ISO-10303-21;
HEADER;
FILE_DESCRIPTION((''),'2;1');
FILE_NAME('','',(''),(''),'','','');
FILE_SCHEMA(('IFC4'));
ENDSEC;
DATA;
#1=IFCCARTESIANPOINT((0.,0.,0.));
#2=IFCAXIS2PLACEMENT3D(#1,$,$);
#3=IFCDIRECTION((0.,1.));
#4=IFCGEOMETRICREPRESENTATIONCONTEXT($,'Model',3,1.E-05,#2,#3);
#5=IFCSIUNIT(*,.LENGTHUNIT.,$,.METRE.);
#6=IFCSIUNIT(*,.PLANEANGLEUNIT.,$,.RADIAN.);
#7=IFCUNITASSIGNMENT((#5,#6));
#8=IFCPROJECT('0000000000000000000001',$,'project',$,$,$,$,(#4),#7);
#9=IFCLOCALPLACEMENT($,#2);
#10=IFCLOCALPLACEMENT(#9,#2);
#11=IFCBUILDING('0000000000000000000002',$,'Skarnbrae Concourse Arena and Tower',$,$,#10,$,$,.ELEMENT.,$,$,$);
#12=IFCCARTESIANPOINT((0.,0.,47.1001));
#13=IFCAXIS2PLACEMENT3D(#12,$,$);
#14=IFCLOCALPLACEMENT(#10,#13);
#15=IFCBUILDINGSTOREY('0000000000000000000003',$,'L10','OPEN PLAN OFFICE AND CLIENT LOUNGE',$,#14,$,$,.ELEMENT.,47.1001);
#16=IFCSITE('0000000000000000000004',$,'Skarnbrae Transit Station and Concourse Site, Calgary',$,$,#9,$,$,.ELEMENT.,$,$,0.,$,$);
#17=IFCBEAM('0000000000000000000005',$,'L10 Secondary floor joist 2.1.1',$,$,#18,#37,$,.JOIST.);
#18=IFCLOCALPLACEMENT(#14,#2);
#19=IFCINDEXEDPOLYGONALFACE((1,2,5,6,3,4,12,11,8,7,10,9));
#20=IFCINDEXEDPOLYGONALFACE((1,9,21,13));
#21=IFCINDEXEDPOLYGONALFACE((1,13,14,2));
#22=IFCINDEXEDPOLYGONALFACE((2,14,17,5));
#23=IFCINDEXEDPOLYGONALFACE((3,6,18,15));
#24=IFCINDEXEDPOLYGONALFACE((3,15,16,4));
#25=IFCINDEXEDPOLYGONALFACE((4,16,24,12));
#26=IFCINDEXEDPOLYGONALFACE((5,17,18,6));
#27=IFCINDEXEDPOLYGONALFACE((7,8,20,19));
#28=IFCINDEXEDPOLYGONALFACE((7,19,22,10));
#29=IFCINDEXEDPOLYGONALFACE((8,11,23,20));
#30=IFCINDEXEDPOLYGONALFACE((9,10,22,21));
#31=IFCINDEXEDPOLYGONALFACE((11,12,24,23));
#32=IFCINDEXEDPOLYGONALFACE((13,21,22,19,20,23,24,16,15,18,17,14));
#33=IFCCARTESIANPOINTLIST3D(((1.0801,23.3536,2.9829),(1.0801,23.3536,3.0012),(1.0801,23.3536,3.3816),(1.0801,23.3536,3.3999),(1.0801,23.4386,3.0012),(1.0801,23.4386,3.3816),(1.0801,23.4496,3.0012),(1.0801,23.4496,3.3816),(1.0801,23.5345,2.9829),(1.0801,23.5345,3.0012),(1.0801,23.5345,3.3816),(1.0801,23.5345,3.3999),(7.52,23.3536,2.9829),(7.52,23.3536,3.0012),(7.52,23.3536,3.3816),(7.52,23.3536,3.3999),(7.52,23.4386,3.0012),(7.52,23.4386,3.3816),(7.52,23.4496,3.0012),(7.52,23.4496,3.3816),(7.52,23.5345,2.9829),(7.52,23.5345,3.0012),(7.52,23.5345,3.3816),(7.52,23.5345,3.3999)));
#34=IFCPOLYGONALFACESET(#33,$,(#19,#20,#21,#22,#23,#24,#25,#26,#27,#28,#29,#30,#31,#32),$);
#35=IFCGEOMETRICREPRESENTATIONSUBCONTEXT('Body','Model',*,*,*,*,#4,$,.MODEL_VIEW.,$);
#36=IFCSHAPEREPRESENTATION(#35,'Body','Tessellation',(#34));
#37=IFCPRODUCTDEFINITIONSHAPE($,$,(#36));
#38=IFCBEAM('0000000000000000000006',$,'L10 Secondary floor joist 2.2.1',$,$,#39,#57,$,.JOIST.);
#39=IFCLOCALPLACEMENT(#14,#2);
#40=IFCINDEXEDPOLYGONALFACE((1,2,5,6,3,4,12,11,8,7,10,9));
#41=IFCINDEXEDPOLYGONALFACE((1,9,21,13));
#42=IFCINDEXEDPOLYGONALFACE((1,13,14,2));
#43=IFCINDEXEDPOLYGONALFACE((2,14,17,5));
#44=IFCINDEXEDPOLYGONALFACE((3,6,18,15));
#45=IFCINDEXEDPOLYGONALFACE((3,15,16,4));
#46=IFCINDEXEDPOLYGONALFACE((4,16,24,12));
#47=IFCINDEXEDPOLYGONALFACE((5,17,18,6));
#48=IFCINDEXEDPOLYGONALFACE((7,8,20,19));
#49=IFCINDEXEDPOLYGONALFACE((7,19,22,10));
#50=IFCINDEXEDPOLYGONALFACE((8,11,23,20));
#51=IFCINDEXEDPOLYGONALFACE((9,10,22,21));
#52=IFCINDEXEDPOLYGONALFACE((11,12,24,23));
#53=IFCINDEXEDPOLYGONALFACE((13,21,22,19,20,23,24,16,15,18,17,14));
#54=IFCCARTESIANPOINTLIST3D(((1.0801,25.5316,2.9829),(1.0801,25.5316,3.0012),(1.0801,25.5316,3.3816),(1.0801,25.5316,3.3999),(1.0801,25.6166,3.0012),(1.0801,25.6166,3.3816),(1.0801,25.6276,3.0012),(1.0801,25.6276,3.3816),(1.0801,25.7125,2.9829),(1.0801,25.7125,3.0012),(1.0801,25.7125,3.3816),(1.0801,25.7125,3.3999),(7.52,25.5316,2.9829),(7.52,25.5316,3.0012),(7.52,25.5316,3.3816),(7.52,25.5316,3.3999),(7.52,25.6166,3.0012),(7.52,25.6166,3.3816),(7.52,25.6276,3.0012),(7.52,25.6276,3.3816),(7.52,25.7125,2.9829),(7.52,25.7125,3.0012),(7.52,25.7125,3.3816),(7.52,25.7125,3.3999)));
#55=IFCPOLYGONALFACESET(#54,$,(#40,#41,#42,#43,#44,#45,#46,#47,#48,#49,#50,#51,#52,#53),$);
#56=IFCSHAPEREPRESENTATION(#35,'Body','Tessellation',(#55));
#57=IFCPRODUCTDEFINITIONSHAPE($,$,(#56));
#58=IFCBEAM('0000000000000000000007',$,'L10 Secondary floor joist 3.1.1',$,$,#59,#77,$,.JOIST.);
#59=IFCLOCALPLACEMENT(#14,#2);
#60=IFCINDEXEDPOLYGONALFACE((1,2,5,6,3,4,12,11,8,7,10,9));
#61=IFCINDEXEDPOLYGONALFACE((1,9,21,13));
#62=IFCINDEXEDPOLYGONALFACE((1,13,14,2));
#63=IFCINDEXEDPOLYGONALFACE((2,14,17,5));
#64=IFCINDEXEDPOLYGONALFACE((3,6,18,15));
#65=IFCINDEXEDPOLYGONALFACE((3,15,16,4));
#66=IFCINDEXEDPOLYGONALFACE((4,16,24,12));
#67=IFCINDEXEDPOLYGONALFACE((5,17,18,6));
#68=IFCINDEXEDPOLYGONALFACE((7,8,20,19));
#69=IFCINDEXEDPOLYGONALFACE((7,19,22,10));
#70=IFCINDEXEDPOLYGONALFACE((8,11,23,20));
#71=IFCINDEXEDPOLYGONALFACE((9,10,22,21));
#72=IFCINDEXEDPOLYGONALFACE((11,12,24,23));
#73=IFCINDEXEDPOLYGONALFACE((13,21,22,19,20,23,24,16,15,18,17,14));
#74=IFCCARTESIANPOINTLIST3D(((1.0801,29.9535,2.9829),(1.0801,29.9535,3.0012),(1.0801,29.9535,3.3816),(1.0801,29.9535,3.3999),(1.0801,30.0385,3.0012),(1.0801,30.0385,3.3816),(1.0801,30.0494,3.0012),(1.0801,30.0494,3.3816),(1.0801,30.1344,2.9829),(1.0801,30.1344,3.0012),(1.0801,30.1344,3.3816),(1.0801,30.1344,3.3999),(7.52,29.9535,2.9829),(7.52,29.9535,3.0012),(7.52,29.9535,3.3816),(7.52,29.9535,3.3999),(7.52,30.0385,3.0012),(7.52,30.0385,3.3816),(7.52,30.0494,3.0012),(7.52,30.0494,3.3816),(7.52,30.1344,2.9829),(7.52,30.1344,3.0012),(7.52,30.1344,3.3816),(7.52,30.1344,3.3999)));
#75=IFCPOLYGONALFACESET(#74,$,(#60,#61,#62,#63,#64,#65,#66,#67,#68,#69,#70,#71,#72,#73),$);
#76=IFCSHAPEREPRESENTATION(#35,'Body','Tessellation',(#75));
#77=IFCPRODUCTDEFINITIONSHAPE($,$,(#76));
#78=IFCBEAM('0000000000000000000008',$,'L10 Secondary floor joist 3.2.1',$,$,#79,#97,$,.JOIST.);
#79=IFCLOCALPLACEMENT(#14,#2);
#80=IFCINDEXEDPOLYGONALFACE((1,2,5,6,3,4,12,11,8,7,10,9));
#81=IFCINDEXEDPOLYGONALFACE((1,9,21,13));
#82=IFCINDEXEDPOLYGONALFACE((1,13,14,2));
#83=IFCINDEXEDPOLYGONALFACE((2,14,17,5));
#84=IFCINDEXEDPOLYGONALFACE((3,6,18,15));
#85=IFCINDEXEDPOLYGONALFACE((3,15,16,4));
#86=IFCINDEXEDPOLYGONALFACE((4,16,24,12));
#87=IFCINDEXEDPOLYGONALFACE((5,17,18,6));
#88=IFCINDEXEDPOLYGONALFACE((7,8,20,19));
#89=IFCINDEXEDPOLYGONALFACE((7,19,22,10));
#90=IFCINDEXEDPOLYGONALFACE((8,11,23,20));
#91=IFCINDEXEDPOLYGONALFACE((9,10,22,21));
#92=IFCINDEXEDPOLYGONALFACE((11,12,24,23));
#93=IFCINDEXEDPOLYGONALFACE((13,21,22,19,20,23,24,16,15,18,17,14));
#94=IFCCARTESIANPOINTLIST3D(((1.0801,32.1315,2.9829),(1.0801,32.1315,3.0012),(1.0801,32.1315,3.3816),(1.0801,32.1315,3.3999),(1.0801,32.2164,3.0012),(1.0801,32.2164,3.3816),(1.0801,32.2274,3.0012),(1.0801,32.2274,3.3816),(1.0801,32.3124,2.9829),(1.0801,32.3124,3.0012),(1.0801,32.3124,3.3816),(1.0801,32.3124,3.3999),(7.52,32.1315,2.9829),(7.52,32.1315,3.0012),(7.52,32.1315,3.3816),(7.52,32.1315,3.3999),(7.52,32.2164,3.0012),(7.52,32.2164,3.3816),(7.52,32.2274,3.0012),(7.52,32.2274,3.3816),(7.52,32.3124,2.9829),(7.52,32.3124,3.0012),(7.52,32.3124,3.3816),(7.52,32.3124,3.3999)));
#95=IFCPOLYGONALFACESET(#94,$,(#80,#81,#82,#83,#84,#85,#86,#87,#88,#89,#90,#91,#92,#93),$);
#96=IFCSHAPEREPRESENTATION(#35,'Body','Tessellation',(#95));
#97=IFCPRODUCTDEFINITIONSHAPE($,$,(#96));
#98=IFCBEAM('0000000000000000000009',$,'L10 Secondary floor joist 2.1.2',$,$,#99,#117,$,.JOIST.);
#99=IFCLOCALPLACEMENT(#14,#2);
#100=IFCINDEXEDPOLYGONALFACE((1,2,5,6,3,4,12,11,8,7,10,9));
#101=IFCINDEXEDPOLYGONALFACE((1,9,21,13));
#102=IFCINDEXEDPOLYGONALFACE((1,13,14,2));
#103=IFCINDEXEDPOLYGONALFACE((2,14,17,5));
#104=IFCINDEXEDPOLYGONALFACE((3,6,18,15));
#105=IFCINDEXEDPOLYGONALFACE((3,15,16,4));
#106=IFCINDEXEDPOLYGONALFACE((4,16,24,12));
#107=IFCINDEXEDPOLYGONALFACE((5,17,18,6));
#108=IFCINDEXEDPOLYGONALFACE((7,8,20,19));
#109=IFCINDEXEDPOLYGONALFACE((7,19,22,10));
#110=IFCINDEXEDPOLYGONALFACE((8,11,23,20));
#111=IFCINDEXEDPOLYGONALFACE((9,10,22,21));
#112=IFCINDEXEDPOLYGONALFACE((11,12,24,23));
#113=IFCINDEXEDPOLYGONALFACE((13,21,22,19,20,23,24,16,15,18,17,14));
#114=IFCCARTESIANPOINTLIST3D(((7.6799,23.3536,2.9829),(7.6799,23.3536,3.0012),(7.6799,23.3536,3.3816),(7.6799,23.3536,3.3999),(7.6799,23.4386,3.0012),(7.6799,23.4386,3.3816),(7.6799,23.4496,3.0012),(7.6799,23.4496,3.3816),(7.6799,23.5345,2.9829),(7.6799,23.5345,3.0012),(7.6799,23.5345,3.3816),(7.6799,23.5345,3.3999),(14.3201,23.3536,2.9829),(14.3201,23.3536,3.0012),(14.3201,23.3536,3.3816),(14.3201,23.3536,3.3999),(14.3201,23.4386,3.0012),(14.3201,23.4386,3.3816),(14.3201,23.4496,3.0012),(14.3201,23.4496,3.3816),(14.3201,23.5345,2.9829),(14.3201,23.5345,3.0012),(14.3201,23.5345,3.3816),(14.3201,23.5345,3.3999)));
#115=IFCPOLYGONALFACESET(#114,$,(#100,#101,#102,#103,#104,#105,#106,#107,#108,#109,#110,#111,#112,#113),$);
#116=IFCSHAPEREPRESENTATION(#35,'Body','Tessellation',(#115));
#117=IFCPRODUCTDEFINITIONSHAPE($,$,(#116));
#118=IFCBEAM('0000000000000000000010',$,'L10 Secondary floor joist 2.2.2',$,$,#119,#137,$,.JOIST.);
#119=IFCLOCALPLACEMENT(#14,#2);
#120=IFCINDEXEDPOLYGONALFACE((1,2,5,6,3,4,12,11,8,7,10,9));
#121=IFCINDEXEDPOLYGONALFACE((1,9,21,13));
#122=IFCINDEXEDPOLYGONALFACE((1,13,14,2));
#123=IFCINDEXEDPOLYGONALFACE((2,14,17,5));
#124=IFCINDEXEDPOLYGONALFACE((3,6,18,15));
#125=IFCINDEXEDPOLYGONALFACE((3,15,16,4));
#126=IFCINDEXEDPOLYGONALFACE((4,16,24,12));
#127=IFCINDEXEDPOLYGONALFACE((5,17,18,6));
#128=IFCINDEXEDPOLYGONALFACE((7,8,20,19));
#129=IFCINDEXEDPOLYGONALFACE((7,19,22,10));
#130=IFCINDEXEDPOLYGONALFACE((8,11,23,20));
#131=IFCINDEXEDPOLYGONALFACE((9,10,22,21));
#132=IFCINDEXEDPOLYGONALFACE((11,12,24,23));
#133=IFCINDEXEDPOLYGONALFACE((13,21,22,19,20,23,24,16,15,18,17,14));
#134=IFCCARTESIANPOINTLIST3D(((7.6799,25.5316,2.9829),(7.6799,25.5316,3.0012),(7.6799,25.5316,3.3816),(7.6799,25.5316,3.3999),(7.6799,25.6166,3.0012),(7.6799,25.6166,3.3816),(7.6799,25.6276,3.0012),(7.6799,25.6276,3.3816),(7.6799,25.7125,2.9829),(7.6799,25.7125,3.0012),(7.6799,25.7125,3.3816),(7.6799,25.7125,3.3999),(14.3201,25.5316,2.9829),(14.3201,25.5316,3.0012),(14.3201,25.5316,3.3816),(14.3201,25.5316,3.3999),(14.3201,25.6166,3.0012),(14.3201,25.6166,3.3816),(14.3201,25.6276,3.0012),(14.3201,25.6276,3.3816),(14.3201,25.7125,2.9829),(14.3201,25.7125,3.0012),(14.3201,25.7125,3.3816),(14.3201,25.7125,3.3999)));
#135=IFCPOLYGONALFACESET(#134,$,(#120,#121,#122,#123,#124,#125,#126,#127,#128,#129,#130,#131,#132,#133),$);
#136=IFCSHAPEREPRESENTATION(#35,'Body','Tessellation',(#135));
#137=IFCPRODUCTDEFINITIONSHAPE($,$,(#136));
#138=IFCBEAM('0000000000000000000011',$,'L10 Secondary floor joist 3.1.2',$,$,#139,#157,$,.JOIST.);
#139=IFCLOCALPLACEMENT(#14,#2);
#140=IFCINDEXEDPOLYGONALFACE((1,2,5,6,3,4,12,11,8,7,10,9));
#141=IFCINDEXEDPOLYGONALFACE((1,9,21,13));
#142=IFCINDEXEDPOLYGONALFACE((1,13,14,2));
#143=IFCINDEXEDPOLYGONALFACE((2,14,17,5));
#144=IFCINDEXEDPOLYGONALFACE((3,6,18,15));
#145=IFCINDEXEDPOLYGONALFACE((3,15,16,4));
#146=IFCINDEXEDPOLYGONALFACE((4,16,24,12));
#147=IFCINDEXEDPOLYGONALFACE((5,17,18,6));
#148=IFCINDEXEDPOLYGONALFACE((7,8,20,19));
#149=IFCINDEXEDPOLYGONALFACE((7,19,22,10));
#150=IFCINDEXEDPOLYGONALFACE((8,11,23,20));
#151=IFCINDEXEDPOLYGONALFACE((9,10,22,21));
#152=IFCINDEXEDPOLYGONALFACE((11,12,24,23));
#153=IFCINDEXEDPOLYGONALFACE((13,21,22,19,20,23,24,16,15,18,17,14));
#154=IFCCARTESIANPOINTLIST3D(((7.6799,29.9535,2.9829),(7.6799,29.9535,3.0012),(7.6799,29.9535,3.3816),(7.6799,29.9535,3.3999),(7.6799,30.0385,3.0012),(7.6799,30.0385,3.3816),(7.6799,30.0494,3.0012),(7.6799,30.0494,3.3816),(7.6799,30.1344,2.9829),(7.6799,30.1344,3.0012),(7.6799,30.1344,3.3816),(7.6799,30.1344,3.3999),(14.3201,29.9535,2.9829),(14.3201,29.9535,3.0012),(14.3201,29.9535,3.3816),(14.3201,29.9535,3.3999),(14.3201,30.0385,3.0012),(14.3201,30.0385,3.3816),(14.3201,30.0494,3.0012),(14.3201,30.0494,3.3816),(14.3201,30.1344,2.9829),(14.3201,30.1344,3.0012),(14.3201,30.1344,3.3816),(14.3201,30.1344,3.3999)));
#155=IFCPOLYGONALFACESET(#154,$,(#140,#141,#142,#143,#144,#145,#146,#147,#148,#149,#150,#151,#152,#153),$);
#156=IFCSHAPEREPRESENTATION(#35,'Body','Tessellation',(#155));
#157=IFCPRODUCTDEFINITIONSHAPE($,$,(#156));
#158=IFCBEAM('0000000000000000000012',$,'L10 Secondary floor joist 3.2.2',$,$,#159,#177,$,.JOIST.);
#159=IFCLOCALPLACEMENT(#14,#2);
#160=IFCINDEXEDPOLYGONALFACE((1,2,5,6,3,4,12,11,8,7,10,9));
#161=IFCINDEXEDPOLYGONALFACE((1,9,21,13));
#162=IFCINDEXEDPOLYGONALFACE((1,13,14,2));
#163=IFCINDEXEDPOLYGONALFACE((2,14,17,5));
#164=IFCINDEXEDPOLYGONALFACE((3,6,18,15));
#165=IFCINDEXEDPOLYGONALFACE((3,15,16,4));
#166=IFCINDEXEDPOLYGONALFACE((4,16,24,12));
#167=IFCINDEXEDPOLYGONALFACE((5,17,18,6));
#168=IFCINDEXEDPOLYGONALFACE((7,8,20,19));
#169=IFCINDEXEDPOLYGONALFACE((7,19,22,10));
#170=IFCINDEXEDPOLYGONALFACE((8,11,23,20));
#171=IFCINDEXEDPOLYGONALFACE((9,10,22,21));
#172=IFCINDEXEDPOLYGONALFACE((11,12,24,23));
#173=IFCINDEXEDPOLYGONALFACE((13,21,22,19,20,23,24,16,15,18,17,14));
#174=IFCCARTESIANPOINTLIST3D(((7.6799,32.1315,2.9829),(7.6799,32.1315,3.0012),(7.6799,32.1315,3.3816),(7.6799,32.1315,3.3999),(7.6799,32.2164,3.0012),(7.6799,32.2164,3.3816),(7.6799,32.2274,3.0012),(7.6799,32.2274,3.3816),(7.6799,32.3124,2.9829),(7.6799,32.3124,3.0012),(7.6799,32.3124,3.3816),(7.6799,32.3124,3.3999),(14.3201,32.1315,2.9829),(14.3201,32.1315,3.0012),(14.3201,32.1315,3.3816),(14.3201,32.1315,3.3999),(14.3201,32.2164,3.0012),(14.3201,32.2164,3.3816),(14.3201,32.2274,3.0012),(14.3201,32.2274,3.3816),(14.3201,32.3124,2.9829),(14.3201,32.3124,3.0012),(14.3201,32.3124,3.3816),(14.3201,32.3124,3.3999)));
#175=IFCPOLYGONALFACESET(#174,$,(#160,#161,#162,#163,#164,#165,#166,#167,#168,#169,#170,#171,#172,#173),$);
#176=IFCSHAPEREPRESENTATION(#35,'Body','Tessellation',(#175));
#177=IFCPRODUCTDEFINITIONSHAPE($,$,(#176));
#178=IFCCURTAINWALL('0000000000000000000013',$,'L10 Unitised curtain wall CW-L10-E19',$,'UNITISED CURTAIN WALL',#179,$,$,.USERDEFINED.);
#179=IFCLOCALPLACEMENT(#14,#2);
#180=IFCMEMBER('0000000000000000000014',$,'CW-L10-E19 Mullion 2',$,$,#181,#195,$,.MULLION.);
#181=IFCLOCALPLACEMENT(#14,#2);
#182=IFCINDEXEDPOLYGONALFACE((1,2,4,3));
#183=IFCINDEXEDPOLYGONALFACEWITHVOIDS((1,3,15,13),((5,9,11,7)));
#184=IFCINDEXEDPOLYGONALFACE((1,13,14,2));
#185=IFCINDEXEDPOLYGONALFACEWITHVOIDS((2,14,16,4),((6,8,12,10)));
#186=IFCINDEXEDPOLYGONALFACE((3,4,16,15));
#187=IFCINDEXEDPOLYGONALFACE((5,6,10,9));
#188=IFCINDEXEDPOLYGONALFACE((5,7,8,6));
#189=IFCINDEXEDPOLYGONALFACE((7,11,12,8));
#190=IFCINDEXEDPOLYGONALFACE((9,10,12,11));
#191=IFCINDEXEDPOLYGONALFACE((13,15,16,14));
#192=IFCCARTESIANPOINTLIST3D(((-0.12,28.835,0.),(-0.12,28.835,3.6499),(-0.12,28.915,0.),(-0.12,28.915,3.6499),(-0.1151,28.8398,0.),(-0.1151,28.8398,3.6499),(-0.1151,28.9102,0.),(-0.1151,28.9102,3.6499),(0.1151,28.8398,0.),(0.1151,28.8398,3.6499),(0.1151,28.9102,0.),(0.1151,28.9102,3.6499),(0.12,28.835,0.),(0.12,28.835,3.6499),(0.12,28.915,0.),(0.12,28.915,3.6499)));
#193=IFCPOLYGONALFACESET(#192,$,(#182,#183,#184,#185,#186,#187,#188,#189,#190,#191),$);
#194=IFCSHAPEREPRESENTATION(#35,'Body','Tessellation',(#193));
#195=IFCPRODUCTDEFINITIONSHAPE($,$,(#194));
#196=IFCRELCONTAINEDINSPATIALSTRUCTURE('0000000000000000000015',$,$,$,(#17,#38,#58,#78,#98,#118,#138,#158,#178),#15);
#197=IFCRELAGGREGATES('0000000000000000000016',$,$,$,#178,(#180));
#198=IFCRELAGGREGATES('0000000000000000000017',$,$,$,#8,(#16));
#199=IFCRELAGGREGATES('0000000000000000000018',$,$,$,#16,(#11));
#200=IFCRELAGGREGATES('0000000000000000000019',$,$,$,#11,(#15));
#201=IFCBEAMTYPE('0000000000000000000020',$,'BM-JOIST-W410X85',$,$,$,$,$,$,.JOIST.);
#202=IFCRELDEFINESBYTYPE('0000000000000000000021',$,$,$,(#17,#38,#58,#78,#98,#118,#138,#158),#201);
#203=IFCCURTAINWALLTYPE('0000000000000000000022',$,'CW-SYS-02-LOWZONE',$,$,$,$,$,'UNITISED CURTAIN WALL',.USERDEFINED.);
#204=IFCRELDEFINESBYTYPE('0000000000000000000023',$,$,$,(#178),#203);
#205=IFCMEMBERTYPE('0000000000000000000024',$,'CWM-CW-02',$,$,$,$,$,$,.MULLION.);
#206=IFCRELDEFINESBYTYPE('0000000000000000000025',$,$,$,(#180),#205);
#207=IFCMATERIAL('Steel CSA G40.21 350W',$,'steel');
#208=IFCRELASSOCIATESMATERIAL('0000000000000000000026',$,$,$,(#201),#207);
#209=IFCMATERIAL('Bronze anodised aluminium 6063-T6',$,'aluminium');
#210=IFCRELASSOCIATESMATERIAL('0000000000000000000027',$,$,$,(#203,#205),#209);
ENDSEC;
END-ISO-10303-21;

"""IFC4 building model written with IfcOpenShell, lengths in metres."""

from ifc_helpers import new_model, si_unit, direction, frame, origin, origin_2d, place, context, subcontext, project, spatial, hollow_rectangle, i_section, extrude, source, transform, mapped, material, material_profile, profile_set, type_object, element, aggregate, save


model = new_model("IFC4")

# Units and contexts
model_context = context("Model", 3, precision=1e-05, world=origin(), true_north=direction((0.0, 1.0)))
body_context = subcontext(model_context, "Body", "Model", "MODEL_VIEW")
ifc_project = project(units=[si_unit("LENGTHUNIT", "METRE"), si_unit("PLANEANGLEUNIT", "RADIAN")], contexts=[model_context])

# Site, building, storey
site_placement = place(None, origin())
site = spatial("IfcSite", under=ifc_project, at=site_placement, Name="Skarnbrae Transit Station and Concourse Site, Calgary", CompositionType="ELEMENT", RefElevation=0.0)
building_placement = place(site_placement, origin())
building = spatial("IfcBuilding", under=site, at=building_placement, Name="Skarnbrae Concourse Arena and Tower", CompositionType="ELEMENT")
storey_placement = place(building_placement, frame((0.0, 0.0, 47.1001)))
storey = spatial("IfcBuildingStorey", under=building, at=storey_placement, Name="L10", Description="OPEN PLAN OFFICE AND CLIENT LOUNGE", CompositionType="ELEMENT", Elevation=47.1001)

# Shared definitions
ifc_material_1 = material(Name="Steel CSA G40.21 350W", Category="steel")

# Beams
ifc_material_profile_1 = material_profile(ifc_material_1, i_section(OverallWidth=0.1809, OverallDepth=0.417, WebThickness=0.011, FlangeThickness=0.0183, at=origin_2d()), Name="W410X85")
ifc_profile_set_1 = profile_set([ifc_material_profile_1], Name="Steel CSA G40.21 350W")
beam_type_1 = type_object("IfcBeamType", Name="BM-JOIST-W410X85", PredefinedType="JOIST", material=ifc_profile_set_1)
shared_shape_1 = source(origin(), body_context, "Body", "SweptSolid", [
    extrude(i_section(OverallWidth=0.1809, OverallDepth=0.417, WebThickness=0.011, FlangeThickness=0.0183, at=origin_2d()), origin(), (0.0, 0.0, 1.0), 6.4399),
])
for number, where, z_axis, x_axis, name in (
    (1, (1.0801, 23.4441, 3.1914), (1.0, 0.0, 0.0), (0.0, 1.0, 0.0), "L10 Secondary floor joist 2.1.1"),
    (2, (1.0801, 25.6221, 3.1914), (1.0, 0.0, 0.0), (0.0, 1.0, 0.0), "L10 Secondary floor joist 2.2.1"),
    (3, (1.0801, 30.0439, 3.1914), (1.0, 0.0, 0.0), (0.0, 1.0, 0.0), "L10 Secondary floor joist 3.1.1"),
    (4, (1.0801, 32.2219, 3.1914), (1.0, 0.0, 0.0), (0.0, 1.0, 0.0), "L10 Secondary floor joist 3.2.1"),
):
    element("IfcBeam", number, at=place(storey_placement, frame(where, z_axis=z_axis, x_axis=x_axis)), inside=storey, type_object=beam_type_1, Name=name, PredefinedType="JOIST", context=body_context, shape_type="MappedRepresentation", body=[
        mapped(shared_shape_1, transform((0.0, 0.0, 0.0))),
    ])
shared_shape_2 = source(origin(), body_context, "Body", "SweptSolid", [
    extrude(i_section(OverallWidth=0.1809, OverallDepth=0.417, WebThickness=0.011, FlangeThickness=0.0183, at=origin_2d()), origin(), (0.0, 0.0, 1.0), 6.6401),
])
for number, where, z_axis, x_axis, name in (
    (5, (7.6799, 23.4441, 3.1914), (1.0, 0.0, 0.0), (0.0, 1.0, 0.0), "L10 Secondary floor joist 2.1.2"),
    (6, (7.6799, 25.6221, 3.1914), (1.0, 0.0, 0.0), (0.0, 1.0, 0.0), "L10 Secondary floor joist 2.2.2"),
    (7, (7.6799, 30.0439, 3.1914), (1.0, 0.0, 0.0), (0.0, 1.0, 0.0), "L10 Secondary floor joist 3.1.2"),
    (8, (7.6799, 32.2219, 3.1914), (1.0, 0.0, 0.0), (0.0, 1.0, 0.0), "L10 Secondary floor joist 3.2.2"),
):
    element("IfcBeam", number, at=place(storey_placement, frame(where, z_axis=z_axis, x_axis=x_axis)), inside=storey, type_object=beam_type_1, Name=name, PredefinedType="JOIST", context=body_context, shape_type="MappedRepresentation", body=[
        mapped(shared_shape_2, transform((0.0, 0.0, 0.0))),
    ])

# Curtain wall, member
ifc_material_2 = material(Name="Bronze anodised aluminium 6063-T6", Category="aluminium")
curtain_wall_type = type_object("IfcCurtainWallType", Name="CW-SYS-02-LOWZONE", ElementType="UNITISED CURTAIN WALL", PredefinedType="USERDEFINED", material=ifc_material_2)
curtain_wall_placement = place(storey_placement, origin())
curtain_wall = element("IfcCurtainWall", 9, at=curtain_wall_placement, inside=storey, type_object=curtain_wall_type, Name="L10 Unitised curtain wall CW-L10-E19", ObjectType="UNITISED CURTAIN WALL", PredefinedType="USERDEFINED")
ifc_material_profile_2 = material_profile(ifc_material_2, hollow_rectangle(XDim=0.0801, YDim=0.24, WallThickness=0.0049, at=origin_2d()), Name="ALU-MULL-80X240")
ifc_profile_set_2 = profile_set([ifc_material_profile_2], Name="Bronze anodised aluminium 6063-T6")
member_type_1 = type_object("IfcMemberType", Name="CWM-CW-02", PredefinedType="MULLION", material=ifc_profile_set_2)
shared_shape_3 = source(origin(), body_context, "Body", "SweptSolid", [
    extrude(hollow_rectangle(XDim=0.0801, YDim=0.24, WallThickness=0.0049, at=origin_2d()), origin(), (0.0, 0.0, 1.0), 3.6499),
])
member_1_placement = place(storey_placement, frame((0.0, 28.875, 0.0), z_axis=(0.0, 0.0, 1.0), x_axis=(0.0, -1.0, 0.0)))
member_1 = element("IfcMember", 10, at=member_1_placement, type_object=member_type_1, Name="CW-L10-E19 Mullion 2", PredefinedType="MULLION", context=body_context, shape_type="MappedRepresentation", body=[
    mapped(shared_shape_3, transform((0.0, 0.0, 0.0))),
])
aggregate(curtain_wall, [member_1])

save(model, "model.ifc")
